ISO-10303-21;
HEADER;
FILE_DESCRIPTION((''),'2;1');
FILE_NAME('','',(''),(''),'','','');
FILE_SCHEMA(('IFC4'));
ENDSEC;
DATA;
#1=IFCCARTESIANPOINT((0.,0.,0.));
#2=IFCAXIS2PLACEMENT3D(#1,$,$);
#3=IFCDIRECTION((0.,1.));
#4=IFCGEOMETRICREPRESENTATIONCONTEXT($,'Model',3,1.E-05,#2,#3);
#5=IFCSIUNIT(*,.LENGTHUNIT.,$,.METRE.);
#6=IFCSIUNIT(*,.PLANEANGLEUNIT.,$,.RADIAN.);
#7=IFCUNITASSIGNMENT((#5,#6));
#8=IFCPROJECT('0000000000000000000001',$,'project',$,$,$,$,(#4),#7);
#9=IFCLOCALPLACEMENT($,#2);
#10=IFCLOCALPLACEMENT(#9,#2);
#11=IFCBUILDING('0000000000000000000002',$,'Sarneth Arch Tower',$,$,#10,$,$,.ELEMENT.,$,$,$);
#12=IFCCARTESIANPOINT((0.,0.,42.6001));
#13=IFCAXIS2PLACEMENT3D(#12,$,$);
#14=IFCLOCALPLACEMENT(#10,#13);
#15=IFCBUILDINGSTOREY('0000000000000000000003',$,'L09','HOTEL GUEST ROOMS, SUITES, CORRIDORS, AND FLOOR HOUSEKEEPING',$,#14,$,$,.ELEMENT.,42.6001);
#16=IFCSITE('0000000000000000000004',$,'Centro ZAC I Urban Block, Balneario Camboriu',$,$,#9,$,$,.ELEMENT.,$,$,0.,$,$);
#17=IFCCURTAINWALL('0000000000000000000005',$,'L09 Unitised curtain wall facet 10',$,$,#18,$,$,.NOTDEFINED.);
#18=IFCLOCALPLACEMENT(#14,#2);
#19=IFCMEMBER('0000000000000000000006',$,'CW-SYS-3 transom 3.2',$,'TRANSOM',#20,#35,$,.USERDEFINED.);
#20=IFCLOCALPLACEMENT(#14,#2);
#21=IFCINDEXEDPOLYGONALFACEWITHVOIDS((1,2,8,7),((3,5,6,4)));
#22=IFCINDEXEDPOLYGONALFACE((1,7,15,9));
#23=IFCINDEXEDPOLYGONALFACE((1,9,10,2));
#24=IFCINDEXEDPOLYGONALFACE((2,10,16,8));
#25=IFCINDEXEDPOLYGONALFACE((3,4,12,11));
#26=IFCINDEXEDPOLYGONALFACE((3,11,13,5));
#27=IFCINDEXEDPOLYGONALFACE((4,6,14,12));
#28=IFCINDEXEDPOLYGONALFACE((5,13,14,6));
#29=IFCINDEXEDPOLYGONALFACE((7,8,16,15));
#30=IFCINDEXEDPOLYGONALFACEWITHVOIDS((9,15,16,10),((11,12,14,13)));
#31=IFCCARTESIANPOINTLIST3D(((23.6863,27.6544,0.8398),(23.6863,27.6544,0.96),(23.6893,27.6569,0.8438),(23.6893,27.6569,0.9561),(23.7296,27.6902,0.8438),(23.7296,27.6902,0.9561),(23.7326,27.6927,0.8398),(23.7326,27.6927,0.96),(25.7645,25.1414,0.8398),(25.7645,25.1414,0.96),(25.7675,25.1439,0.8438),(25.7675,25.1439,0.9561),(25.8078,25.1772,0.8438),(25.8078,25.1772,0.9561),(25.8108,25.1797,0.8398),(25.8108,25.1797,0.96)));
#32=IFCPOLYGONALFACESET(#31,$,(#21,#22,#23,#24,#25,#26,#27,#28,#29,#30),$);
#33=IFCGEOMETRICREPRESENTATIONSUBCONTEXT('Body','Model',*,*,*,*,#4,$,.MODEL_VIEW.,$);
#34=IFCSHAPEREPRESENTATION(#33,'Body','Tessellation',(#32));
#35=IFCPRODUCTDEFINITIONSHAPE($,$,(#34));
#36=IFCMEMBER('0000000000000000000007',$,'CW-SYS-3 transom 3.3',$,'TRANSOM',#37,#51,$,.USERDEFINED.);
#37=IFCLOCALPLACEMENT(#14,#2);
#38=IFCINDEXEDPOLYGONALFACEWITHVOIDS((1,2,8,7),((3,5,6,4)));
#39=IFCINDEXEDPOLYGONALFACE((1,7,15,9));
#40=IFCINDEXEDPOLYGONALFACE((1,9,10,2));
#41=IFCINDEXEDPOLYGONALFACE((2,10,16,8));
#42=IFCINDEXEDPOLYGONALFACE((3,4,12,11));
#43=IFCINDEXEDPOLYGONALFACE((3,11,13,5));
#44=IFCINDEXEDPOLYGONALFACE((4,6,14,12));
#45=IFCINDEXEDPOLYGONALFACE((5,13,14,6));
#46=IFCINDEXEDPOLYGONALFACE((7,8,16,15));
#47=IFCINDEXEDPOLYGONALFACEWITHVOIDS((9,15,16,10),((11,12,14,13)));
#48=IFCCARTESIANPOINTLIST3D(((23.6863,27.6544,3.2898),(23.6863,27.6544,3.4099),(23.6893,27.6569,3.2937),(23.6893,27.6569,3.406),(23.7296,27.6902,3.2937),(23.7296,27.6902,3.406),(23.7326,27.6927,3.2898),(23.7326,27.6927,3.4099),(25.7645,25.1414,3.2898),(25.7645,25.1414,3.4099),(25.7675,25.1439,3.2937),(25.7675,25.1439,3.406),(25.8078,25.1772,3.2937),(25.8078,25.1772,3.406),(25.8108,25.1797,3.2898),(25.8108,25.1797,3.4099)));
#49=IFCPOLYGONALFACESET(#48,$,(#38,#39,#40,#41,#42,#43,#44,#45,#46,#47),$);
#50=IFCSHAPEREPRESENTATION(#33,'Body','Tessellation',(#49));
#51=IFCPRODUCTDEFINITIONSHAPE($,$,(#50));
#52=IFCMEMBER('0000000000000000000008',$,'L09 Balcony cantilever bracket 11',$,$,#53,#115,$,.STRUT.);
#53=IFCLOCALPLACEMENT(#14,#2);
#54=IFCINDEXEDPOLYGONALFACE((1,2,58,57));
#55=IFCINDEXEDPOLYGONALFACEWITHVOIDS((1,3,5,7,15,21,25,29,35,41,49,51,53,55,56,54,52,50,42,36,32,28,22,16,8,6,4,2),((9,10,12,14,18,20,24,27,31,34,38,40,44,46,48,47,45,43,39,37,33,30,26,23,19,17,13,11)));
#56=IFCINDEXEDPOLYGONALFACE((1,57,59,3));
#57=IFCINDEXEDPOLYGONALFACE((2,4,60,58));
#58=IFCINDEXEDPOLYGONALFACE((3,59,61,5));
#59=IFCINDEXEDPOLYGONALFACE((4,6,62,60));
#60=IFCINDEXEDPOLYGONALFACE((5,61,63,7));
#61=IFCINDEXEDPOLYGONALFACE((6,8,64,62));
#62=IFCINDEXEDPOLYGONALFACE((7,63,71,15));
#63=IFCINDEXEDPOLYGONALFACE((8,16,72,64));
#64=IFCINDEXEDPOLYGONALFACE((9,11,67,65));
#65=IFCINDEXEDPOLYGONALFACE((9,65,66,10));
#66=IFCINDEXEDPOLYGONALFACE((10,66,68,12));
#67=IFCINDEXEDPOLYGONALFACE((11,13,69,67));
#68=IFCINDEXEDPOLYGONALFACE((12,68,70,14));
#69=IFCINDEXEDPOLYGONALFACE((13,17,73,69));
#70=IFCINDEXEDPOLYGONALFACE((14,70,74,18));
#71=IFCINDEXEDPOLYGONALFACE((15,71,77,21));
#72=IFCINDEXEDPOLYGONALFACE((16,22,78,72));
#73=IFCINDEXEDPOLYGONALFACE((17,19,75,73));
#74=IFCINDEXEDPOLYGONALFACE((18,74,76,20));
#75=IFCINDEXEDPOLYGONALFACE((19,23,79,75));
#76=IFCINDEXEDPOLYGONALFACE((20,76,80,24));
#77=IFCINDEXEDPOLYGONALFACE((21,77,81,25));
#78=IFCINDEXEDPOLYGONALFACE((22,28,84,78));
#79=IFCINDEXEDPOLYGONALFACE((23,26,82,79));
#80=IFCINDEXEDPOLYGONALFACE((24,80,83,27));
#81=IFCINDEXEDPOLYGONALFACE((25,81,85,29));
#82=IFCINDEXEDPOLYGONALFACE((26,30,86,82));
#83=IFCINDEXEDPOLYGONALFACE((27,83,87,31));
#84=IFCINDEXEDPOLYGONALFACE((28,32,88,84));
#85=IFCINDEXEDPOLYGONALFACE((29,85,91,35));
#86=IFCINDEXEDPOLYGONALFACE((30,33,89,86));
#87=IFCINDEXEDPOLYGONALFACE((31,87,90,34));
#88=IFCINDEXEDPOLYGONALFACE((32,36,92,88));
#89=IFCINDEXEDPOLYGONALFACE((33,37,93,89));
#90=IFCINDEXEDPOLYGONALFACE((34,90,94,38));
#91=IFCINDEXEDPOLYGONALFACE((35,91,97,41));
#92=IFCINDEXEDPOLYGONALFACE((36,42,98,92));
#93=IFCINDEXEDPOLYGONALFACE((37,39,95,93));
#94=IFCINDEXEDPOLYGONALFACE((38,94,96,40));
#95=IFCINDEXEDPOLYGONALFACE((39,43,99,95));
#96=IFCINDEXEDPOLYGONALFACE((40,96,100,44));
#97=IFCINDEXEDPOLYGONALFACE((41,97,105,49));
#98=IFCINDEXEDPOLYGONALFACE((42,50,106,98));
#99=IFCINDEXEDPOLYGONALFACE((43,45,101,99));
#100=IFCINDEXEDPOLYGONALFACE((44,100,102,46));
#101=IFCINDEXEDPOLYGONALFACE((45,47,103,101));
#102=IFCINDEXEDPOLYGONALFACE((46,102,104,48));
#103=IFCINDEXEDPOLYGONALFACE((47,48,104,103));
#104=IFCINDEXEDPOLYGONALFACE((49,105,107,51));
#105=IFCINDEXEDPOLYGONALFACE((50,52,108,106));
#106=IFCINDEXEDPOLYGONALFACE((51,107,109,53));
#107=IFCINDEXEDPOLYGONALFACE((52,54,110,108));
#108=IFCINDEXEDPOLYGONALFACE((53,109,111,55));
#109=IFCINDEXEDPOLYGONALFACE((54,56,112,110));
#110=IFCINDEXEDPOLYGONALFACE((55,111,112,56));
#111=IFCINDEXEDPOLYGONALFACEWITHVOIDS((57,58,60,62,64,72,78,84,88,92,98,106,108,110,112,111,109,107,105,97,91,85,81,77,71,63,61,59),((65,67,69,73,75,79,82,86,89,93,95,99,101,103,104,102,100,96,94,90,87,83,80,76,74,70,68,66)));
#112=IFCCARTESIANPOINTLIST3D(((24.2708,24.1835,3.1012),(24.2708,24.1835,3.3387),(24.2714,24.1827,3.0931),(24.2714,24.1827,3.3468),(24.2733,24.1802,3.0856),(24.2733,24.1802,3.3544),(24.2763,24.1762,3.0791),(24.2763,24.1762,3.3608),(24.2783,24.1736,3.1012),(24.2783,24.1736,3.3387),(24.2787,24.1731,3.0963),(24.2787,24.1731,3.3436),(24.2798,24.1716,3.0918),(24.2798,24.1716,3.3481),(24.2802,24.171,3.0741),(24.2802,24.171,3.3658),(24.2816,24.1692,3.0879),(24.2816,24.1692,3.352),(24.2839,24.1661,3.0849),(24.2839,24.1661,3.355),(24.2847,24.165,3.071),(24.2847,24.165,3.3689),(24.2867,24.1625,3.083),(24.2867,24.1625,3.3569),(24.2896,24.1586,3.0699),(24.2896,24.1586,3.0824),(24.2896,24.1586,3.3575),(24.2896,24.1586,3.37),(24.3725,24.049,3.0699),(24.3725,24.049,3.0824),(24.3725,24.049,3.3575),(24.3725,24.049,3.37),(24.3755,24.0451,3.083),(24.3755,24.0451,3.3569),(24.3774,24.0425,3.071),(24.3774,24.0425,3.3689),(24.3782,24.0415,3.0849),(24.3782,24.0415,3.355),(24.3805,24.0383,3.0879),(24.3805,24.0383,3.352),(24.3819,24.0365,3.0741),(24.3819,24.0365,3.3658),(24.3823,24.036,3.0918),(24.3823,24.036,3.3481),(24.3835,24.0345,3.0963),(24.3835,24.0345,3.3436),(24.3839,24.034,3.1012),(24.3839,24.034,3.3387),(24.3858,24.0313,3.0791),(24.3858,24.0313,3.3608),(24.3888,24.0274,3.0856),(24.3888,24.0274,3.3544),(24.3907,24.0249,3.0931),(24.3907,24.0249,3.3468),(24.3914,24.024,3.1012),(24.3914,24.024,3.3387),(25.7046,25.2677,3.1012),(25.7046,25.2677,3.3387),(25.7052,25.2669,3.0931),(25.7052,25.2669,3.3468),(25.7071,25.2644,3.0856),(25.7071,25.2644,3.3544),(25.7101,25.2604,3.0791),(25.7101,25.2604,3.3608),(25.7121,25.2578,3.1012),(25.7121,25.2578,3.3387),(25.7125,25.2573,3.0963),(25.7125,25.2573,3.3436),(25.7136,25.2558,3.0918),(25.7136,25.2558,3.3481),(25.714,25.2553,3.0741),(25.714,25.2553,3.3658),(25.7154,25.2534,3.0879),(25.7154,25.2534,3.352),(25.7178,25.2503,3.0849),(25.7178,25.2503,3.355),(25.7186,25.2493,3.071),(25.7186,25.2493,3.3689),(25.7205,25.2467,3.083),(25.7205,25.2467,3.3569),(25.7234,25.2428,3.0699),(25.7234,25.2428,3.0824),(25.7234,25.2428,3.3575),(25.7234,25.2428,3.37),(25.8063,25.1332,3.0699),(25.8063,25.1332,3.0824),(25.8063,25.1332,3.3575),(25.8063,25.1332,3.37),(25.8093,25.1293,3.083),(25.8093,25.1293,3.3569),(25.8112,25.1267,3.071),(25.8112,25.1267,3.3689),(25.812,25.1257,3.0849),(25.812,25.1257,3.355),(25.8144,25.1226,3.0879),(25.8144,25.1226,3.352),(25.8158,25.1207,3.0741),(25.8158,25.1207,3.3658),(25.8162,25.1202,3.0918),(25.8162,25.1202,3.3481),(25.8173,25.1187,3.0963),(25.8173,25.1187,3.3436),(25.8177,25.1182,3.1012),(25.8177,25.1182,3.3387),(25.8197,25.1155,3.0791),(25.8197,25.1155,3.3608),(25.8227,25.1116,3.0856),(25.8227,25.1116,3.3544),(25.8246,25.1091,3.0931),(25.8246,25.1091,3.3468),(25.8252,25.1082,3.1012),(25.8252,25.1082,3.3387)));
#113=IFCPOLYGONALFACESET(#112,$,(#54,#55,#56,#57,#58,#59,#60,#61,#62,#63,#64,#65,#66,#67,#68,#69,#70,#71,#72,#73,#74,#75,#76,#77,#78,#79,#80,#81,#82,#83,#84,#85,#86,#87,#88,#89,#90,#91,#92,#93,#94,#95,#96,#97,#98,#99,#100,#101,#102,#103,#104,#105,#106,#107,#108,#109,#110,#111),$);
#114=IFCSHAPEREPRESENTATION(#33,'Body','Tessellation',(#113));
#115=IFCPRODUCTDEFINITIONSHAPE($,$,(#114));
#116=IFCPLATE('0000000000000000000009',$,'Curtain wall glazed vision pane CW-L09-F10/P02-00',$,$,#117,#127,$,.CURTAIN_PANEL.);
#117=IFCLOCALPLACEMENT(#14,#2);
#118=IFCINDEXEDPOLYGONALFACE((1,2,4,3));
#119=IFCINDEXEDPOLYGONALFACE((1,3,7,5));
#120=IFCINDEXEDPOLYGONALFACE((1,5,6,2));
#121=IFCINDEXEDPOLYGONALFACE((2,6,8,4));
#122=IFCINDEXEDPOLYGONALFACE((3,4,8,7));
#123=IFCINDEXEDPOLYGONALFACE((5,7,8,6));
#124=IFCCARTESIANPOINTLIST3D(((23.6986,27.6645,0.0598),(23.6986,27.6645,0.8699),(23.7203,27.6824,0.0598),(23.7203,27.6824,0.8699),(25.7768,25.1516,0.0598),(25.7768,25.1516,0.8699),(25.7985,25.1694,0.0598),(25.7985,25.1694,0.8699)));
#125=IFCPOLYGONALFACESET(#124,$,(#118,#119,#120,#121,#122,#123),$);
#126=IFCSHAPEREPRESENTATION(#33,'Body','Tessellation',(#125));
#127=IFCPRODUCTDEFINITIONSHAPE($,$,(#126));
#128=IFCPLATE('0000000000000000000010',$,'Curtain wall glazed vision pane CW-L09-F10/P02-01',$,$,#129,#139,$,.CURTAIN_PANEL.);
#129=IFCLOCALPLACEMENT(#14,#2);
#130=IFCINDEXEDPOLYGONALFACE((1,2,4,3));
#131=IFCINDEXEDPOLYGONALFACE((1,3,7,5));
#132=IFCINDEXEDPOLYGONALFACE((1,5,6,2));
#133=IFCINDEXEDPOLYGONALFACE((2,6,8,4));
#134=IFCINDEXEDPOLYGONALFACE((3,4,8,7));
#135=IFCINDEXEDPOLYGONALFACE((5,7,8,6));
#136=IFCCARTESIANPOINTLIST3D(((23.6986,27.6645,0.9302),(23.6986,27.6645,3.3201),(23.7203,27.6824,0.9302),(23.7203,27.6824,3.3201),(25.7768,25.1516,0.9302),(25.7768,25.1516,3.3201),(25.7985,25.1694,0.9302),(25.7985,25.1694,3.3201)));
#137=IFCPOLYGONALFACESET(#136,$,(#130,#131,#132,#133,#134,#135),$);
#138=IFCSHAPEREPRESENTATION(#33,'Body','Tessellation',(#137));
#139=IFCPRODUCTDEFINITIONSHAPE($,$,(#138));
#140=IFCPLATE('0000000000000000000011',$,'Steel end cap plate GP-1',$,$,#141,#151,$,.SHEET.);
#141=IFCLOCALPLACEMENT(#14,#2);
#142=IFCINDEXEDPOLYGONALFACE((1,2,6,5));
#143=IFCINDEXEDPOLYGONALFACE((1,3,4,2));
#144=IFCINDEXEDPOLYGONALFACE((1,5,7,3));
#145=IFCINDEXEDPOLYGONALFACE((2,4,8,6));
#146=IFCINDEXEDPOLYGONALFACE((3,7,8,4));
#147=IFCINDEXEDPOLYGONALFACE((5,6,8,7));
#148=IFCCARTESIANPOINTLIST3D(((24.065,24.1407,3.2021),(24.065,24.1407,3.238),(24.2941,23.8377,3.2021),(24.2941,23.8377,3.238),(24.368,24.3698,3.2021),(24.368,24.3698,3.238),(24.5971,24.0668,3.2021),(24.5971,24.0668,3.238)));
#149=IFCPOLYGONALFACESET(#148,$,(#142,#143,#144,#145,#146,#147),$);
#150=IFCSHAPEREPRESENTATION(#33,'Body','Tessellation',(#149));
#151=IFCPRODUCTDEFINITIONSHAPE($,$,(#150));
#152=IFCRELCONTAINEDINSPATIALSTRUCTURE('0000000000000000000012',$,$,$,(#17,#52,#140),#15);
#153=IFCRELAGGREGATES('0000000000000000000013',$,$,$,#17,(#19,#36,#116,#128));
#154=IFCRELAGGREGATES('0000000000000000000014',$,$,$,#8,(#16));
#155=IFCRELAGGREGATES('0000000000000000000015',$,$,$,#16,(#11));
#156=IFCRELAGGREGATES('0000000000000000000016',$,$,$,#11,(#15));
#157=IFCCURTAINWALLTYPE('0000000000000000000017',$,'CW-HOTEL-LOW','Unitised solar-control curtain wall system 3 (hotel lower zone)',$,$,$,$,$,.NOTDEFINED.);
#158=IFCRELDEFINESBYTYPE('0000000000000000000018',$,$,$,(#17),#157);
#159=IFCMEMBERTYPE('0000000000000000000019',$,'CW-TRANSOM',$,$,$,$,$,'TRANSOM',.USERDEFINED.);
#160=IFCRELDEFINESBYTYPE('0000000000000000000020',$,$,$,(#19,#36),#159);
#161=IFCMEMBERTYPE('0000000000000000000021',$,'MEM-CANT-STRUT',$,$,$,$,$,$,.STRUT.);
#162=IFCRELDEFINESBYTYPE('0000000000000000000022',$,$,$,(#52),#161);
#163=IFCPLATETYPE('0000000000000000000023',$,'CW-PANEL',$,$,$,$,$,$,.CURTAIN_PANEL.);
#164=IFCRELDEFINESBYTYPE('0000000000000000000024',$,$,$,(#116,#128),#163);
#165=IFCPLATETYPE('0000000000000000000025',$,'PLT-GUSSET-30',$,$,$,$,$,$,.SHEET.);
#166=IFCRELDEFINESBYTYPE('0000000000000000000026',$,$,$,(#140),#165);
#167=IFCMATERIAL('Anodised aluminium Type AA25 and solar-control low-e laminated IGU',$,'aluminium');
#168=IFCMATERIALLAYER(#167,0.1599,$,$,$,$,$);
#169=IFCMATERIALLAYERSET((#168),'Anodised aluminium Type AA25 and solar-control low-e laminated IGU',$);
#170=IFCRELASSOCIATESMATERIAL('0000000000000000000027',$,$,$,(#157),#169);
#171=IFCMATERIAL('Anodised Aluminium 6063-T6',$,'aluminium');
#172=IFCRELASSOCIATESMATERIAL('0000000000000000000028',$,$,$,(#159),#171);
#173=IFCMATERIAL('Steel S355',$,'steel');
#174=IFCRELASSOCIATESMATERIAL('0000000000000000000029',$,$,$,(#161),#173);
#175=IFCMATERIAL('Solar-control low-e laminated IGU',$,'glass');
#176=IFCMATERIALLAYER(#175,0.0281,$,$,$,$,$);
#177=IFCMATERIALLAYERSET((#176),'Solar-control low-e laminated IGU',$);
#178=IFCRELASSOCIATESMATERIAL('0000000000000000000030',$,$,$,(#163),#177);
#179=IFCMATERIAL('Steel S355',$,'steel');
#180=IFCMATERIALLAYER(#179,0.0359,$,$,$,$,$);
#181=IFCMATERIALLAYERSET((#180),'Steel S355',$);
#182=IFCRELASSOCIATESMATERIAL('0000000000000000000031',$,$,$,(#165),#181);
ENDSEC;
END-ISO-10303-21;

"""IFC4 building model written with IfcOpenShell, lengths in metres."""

from ifc_helpers import new_model, si_unit, direction, frame, origin, origin_2d, place, context, subcontext, project, spatial, rectangle, hollow_rectangle, extrude, material, layer, layer_set, material_profile, profile_set, type_object, element, aggregate, save


model = new_model("IFC4")

# Units and contexts
model_context = context("Model", 3, precision=1e-05, world=origin(), true_north=direction((0.0, 1.0)))
body_context = subcontext(model_context, "Body", "Model", "MODEL_VIEW")
ifc_project = project(units=[si_unit("LENGTHUNIT", "METRE"), si_unit("PLANEANGLEUNIT", "RADIAN")], contexts=[model_context])

# Site, building, storey
site_placement = place(None, origin())
site = spatial("IfcSite", under=ifc_project, at=site_placement, Name="Centro ZAC I Urban Block, Balneario Camboriu", CompositionType="ELEMENT", RefElevation=0.0)
building_placement = place(site_placement, origin())
building = spatial("IfcBuilding", under=site, at=building_placement, Name="Sarneth Arch Tower", CompositionType="ELEMENT")
storey_placement = place(building_placement, frame((0.0, 0.0, 42.6001)))
storey = spatial("IfcBuildingStorey", under=building, at=storey_placement, Name="L09", Description="HOTEL GUEST ROOMS, SUITES, CORRIDORS, AND FLOOR HOUSEKEEPING", CompositionType="ELEMENT", Elevation=42.6001)

# Curtain wall, members
ifc_material_1 = material(Name="Anodised aluminium Type AA25 and solar-control low-e laminated IGU", Category="aluminium")
ifc_layer_1 = layer(ifc_material_1, 0.1599)
ifc_layer_set_1 = layer_set([ifc_layer_1], Name="Anodised aluminium Type AA25 and solar-control low-e laminated IGU")
curtain_wall_type = type_object("IfcCurtainWallType", Name="CW-HOTEL-LOW", Description="Unitised solar-control curtain wall system 3 (hotel lower zone)", PredefinedType="NOTDEFINED", material=ifc_layer_set_1)
curtain_wall_placement = place(storey_placement, origin())
curtain_wall = element("IfcCurtainWall", 1, at=curtain_wall_placement, inside=storey, type_object=curtain_wall_type, Name="L09 Unitised curtain wall facet 10", PredefinedType="NOTDEFINED")
ifc_material_2 = material(Name="Anodised Aluminium 6063-T6", Category="aluminium")
ifc_material_profile_1 = material_profile(ifc_material_2, hollow_rectangle(XDim=0.0601, YDim=0.1201, WallThickness=0.0039, at=origin_2d()), Name="AL-TRAN-120x60x4")
ifc_profile_set_1 = profile_set([ifc_material_profile_1], Name="Anodised Aluminium 6063-T6")
member_type_1 = type_object("IfcMemberType", Name="CW-TRANSOM", ElementType="TRANSOM", PredefinedType="USERDEFINED", material=ifc_profile_set_1)
member_1_placement = place(storey_placement, frame((23.7095, 27.6736, 0.8999), z_axis=(0.637286, -0.770628, 0.0), x_axis=(0.770628, 0.637286, 0.0)))
member_1 = element("IfcMember", 2, at=member_1_placement, type_object=member_type_1, Name="CW-SYS-3 transom 3.2", ObjectType="TRANSOM", PredefinedType="USERDEFINED", context=body_context, shape_type="SweptSolid", body=[
    extrude(hollow_rectangle(XDim=0.0601, YDim=0.1201, WallThickness=0.0039, at=origin_2d()), origin(), (0.0, 0.0, 1.0), 3.261),
])
member_2_placement = place(storey_placement, frame((23.7095, 27.6736, 3.3499), z_axis=(0.637286, -0.770628, 0.0), x_axis=(0.770628, 0.637286, 0.0)))
member_2 = element("IfcMember", 3, at=member_2_placement, type_object=member_type_1, Name="CW-SYS-3 transom 3.3", ObjectType="TRANSOM", PredefinedType="USERDEFINED", context=body_context, shape_type="SweptSolid", body=[
    extrude(hollow_rectangle(XDim=0.0601, YDim=0.1201, WallThickness=0.0039, at=origin_2d()), origin(), (0.0, 0.0, 1.0), 3.261),
])

# Member
ifc_material_3 = material(Name="Steel S355", Category="steel")
ifc_material_profile_2 = material_profile(ifc_material_3, hollow_rectangle(XDim=0.2, YDim=0.3, WallThickness=0.0125, InnerFilletRadius=0.0188, OuterFilletRadius=0.0312, at=origin_2d()), Name="RHS300x200x12.5")
ifc_profile_set_2 = profile_set([ifc_material_profile_2], Name="Steel S355")
member_type_2 = type_object("IfcMemberType", Name="MEM-CANT-STRUT", PredefinedType="STRUT", material=ifc_profile_set_2)
member_3_placement = place(storey_placement, frame((25.7649, 25.188, 3.22), z_axis=(-0.797631, -0.603146, 0.0), x_axis=(0.603146, -0.797631, 0.0)))
element("IfcMember", 4, at=member_3_placement, inside=storey, type_object=member_type_2, Name="L09 Balcony cantilever bracket 11", PredefinedType="STRUT", context=body_context, shape_type="SweptSolid", body=[
    extrude(hollow_rectangle(XDim=0.2, YDim=0.3, WallThickness=0.0125, InnerFilletRadius=0.0188, OuterFilletRadius=0.0312, at=origin_2d()), origin(), (0.0, 0.0, 1.0), 1.7976),
])

# Plates
ifc_material_4 = material(Name="Solar-control low-e laminated IGU", Category="glass")
ifc_layer_2 = layer(ifc_material_4, 0.0281)
ifc_layer_set_2 = layer_set([ifc_layer_2], Name="Solar-control low-e laminated IGU")
plate_type_1 = type_object("IfcPlateType", Name="CW-PANEL", PredefinedType="CURTAIN_PANEL", material=ifc_layer_set_2)
plate_1_placement = place(storey_placement, frame((24.7485, 26.417, 0.0598), z_axis=(0.0, 0.0, 1.0), x_axis=(0.637291, -0.770623, 0.0)))
plate_1 = element("IfcPlate", 5, at=plate_1_placement, type_object=plate_type_1, Name="Curtain wall glazed vision pane CW-L09-F10/P02-00", PredefinedType="CURTAIN_PANEL", context=body_context, shape_type="SweptSolid", body=[
    extrude(rectangle(XDim=3.261, YDim=0.0281, at=origin_2d()), origin(), (0.0, 0.0, 1.0), 0.8101),
])
plate_2_placement = place(storey_placement, frame((24.7485, 26.417, 0.9302), z_axis=(0.0, 0.0, 1.0), x_axis=(0.637291, -0.770623, 0.0)))
plate_2 = element("IfcPlate", 6, at=plate_2_placement, type_object=plate_type_1, Name="Curtain wall glazed vision pane CW-L09-F10/P02-01", PredefinedType="CURTAIN_PANEL", context=body_context, shape_type="SweptSolid", body=[
    extrude(rectangle(XDim=3.261, YDim=0.0281, at=origin_2d()), origin(), (0.0, 0.0, 1.0), 2.3899),
])
aggregate(curtain_wall, [member_1, member_2, plate_1, plate_2])
ifc_material_5 = material(Name="Steel S355", Category="steel")
ifc_layer_3 = layer(ifc_material_5, 0.0359)
ifc_layer_set_3 = layer_set([ifc_layer_3], Name="Steel S355")
plate_type_2 = type_object("IfcPlateType", Name="PLT-GUSSET-30", PredefinedType="SHEET", material=ifc_layer_set_3)
plate_3_placement = place(storey_placement, frame((24.3311, 24.1038, 3.2021), z_axis=(0.0, 0.0, 1.0), x_axis=(-0.797689, -0.603069, 0.0)))
element("IfcPlate", 7, at=plate_3_placement, inside=storey, type_object=plate_type_2, Name="Steel end cap plate GP-1", PredefinedType="SHEET", context=body_context, shape_type="SweptSolid", body=[
    extrude(rectangle(XDim=0.3799, YDim=0.3799, at=origin_2d()), origin(), (0.0, 0.0, 1.0), 0.0359),
])

save(model, "model.ifc")
